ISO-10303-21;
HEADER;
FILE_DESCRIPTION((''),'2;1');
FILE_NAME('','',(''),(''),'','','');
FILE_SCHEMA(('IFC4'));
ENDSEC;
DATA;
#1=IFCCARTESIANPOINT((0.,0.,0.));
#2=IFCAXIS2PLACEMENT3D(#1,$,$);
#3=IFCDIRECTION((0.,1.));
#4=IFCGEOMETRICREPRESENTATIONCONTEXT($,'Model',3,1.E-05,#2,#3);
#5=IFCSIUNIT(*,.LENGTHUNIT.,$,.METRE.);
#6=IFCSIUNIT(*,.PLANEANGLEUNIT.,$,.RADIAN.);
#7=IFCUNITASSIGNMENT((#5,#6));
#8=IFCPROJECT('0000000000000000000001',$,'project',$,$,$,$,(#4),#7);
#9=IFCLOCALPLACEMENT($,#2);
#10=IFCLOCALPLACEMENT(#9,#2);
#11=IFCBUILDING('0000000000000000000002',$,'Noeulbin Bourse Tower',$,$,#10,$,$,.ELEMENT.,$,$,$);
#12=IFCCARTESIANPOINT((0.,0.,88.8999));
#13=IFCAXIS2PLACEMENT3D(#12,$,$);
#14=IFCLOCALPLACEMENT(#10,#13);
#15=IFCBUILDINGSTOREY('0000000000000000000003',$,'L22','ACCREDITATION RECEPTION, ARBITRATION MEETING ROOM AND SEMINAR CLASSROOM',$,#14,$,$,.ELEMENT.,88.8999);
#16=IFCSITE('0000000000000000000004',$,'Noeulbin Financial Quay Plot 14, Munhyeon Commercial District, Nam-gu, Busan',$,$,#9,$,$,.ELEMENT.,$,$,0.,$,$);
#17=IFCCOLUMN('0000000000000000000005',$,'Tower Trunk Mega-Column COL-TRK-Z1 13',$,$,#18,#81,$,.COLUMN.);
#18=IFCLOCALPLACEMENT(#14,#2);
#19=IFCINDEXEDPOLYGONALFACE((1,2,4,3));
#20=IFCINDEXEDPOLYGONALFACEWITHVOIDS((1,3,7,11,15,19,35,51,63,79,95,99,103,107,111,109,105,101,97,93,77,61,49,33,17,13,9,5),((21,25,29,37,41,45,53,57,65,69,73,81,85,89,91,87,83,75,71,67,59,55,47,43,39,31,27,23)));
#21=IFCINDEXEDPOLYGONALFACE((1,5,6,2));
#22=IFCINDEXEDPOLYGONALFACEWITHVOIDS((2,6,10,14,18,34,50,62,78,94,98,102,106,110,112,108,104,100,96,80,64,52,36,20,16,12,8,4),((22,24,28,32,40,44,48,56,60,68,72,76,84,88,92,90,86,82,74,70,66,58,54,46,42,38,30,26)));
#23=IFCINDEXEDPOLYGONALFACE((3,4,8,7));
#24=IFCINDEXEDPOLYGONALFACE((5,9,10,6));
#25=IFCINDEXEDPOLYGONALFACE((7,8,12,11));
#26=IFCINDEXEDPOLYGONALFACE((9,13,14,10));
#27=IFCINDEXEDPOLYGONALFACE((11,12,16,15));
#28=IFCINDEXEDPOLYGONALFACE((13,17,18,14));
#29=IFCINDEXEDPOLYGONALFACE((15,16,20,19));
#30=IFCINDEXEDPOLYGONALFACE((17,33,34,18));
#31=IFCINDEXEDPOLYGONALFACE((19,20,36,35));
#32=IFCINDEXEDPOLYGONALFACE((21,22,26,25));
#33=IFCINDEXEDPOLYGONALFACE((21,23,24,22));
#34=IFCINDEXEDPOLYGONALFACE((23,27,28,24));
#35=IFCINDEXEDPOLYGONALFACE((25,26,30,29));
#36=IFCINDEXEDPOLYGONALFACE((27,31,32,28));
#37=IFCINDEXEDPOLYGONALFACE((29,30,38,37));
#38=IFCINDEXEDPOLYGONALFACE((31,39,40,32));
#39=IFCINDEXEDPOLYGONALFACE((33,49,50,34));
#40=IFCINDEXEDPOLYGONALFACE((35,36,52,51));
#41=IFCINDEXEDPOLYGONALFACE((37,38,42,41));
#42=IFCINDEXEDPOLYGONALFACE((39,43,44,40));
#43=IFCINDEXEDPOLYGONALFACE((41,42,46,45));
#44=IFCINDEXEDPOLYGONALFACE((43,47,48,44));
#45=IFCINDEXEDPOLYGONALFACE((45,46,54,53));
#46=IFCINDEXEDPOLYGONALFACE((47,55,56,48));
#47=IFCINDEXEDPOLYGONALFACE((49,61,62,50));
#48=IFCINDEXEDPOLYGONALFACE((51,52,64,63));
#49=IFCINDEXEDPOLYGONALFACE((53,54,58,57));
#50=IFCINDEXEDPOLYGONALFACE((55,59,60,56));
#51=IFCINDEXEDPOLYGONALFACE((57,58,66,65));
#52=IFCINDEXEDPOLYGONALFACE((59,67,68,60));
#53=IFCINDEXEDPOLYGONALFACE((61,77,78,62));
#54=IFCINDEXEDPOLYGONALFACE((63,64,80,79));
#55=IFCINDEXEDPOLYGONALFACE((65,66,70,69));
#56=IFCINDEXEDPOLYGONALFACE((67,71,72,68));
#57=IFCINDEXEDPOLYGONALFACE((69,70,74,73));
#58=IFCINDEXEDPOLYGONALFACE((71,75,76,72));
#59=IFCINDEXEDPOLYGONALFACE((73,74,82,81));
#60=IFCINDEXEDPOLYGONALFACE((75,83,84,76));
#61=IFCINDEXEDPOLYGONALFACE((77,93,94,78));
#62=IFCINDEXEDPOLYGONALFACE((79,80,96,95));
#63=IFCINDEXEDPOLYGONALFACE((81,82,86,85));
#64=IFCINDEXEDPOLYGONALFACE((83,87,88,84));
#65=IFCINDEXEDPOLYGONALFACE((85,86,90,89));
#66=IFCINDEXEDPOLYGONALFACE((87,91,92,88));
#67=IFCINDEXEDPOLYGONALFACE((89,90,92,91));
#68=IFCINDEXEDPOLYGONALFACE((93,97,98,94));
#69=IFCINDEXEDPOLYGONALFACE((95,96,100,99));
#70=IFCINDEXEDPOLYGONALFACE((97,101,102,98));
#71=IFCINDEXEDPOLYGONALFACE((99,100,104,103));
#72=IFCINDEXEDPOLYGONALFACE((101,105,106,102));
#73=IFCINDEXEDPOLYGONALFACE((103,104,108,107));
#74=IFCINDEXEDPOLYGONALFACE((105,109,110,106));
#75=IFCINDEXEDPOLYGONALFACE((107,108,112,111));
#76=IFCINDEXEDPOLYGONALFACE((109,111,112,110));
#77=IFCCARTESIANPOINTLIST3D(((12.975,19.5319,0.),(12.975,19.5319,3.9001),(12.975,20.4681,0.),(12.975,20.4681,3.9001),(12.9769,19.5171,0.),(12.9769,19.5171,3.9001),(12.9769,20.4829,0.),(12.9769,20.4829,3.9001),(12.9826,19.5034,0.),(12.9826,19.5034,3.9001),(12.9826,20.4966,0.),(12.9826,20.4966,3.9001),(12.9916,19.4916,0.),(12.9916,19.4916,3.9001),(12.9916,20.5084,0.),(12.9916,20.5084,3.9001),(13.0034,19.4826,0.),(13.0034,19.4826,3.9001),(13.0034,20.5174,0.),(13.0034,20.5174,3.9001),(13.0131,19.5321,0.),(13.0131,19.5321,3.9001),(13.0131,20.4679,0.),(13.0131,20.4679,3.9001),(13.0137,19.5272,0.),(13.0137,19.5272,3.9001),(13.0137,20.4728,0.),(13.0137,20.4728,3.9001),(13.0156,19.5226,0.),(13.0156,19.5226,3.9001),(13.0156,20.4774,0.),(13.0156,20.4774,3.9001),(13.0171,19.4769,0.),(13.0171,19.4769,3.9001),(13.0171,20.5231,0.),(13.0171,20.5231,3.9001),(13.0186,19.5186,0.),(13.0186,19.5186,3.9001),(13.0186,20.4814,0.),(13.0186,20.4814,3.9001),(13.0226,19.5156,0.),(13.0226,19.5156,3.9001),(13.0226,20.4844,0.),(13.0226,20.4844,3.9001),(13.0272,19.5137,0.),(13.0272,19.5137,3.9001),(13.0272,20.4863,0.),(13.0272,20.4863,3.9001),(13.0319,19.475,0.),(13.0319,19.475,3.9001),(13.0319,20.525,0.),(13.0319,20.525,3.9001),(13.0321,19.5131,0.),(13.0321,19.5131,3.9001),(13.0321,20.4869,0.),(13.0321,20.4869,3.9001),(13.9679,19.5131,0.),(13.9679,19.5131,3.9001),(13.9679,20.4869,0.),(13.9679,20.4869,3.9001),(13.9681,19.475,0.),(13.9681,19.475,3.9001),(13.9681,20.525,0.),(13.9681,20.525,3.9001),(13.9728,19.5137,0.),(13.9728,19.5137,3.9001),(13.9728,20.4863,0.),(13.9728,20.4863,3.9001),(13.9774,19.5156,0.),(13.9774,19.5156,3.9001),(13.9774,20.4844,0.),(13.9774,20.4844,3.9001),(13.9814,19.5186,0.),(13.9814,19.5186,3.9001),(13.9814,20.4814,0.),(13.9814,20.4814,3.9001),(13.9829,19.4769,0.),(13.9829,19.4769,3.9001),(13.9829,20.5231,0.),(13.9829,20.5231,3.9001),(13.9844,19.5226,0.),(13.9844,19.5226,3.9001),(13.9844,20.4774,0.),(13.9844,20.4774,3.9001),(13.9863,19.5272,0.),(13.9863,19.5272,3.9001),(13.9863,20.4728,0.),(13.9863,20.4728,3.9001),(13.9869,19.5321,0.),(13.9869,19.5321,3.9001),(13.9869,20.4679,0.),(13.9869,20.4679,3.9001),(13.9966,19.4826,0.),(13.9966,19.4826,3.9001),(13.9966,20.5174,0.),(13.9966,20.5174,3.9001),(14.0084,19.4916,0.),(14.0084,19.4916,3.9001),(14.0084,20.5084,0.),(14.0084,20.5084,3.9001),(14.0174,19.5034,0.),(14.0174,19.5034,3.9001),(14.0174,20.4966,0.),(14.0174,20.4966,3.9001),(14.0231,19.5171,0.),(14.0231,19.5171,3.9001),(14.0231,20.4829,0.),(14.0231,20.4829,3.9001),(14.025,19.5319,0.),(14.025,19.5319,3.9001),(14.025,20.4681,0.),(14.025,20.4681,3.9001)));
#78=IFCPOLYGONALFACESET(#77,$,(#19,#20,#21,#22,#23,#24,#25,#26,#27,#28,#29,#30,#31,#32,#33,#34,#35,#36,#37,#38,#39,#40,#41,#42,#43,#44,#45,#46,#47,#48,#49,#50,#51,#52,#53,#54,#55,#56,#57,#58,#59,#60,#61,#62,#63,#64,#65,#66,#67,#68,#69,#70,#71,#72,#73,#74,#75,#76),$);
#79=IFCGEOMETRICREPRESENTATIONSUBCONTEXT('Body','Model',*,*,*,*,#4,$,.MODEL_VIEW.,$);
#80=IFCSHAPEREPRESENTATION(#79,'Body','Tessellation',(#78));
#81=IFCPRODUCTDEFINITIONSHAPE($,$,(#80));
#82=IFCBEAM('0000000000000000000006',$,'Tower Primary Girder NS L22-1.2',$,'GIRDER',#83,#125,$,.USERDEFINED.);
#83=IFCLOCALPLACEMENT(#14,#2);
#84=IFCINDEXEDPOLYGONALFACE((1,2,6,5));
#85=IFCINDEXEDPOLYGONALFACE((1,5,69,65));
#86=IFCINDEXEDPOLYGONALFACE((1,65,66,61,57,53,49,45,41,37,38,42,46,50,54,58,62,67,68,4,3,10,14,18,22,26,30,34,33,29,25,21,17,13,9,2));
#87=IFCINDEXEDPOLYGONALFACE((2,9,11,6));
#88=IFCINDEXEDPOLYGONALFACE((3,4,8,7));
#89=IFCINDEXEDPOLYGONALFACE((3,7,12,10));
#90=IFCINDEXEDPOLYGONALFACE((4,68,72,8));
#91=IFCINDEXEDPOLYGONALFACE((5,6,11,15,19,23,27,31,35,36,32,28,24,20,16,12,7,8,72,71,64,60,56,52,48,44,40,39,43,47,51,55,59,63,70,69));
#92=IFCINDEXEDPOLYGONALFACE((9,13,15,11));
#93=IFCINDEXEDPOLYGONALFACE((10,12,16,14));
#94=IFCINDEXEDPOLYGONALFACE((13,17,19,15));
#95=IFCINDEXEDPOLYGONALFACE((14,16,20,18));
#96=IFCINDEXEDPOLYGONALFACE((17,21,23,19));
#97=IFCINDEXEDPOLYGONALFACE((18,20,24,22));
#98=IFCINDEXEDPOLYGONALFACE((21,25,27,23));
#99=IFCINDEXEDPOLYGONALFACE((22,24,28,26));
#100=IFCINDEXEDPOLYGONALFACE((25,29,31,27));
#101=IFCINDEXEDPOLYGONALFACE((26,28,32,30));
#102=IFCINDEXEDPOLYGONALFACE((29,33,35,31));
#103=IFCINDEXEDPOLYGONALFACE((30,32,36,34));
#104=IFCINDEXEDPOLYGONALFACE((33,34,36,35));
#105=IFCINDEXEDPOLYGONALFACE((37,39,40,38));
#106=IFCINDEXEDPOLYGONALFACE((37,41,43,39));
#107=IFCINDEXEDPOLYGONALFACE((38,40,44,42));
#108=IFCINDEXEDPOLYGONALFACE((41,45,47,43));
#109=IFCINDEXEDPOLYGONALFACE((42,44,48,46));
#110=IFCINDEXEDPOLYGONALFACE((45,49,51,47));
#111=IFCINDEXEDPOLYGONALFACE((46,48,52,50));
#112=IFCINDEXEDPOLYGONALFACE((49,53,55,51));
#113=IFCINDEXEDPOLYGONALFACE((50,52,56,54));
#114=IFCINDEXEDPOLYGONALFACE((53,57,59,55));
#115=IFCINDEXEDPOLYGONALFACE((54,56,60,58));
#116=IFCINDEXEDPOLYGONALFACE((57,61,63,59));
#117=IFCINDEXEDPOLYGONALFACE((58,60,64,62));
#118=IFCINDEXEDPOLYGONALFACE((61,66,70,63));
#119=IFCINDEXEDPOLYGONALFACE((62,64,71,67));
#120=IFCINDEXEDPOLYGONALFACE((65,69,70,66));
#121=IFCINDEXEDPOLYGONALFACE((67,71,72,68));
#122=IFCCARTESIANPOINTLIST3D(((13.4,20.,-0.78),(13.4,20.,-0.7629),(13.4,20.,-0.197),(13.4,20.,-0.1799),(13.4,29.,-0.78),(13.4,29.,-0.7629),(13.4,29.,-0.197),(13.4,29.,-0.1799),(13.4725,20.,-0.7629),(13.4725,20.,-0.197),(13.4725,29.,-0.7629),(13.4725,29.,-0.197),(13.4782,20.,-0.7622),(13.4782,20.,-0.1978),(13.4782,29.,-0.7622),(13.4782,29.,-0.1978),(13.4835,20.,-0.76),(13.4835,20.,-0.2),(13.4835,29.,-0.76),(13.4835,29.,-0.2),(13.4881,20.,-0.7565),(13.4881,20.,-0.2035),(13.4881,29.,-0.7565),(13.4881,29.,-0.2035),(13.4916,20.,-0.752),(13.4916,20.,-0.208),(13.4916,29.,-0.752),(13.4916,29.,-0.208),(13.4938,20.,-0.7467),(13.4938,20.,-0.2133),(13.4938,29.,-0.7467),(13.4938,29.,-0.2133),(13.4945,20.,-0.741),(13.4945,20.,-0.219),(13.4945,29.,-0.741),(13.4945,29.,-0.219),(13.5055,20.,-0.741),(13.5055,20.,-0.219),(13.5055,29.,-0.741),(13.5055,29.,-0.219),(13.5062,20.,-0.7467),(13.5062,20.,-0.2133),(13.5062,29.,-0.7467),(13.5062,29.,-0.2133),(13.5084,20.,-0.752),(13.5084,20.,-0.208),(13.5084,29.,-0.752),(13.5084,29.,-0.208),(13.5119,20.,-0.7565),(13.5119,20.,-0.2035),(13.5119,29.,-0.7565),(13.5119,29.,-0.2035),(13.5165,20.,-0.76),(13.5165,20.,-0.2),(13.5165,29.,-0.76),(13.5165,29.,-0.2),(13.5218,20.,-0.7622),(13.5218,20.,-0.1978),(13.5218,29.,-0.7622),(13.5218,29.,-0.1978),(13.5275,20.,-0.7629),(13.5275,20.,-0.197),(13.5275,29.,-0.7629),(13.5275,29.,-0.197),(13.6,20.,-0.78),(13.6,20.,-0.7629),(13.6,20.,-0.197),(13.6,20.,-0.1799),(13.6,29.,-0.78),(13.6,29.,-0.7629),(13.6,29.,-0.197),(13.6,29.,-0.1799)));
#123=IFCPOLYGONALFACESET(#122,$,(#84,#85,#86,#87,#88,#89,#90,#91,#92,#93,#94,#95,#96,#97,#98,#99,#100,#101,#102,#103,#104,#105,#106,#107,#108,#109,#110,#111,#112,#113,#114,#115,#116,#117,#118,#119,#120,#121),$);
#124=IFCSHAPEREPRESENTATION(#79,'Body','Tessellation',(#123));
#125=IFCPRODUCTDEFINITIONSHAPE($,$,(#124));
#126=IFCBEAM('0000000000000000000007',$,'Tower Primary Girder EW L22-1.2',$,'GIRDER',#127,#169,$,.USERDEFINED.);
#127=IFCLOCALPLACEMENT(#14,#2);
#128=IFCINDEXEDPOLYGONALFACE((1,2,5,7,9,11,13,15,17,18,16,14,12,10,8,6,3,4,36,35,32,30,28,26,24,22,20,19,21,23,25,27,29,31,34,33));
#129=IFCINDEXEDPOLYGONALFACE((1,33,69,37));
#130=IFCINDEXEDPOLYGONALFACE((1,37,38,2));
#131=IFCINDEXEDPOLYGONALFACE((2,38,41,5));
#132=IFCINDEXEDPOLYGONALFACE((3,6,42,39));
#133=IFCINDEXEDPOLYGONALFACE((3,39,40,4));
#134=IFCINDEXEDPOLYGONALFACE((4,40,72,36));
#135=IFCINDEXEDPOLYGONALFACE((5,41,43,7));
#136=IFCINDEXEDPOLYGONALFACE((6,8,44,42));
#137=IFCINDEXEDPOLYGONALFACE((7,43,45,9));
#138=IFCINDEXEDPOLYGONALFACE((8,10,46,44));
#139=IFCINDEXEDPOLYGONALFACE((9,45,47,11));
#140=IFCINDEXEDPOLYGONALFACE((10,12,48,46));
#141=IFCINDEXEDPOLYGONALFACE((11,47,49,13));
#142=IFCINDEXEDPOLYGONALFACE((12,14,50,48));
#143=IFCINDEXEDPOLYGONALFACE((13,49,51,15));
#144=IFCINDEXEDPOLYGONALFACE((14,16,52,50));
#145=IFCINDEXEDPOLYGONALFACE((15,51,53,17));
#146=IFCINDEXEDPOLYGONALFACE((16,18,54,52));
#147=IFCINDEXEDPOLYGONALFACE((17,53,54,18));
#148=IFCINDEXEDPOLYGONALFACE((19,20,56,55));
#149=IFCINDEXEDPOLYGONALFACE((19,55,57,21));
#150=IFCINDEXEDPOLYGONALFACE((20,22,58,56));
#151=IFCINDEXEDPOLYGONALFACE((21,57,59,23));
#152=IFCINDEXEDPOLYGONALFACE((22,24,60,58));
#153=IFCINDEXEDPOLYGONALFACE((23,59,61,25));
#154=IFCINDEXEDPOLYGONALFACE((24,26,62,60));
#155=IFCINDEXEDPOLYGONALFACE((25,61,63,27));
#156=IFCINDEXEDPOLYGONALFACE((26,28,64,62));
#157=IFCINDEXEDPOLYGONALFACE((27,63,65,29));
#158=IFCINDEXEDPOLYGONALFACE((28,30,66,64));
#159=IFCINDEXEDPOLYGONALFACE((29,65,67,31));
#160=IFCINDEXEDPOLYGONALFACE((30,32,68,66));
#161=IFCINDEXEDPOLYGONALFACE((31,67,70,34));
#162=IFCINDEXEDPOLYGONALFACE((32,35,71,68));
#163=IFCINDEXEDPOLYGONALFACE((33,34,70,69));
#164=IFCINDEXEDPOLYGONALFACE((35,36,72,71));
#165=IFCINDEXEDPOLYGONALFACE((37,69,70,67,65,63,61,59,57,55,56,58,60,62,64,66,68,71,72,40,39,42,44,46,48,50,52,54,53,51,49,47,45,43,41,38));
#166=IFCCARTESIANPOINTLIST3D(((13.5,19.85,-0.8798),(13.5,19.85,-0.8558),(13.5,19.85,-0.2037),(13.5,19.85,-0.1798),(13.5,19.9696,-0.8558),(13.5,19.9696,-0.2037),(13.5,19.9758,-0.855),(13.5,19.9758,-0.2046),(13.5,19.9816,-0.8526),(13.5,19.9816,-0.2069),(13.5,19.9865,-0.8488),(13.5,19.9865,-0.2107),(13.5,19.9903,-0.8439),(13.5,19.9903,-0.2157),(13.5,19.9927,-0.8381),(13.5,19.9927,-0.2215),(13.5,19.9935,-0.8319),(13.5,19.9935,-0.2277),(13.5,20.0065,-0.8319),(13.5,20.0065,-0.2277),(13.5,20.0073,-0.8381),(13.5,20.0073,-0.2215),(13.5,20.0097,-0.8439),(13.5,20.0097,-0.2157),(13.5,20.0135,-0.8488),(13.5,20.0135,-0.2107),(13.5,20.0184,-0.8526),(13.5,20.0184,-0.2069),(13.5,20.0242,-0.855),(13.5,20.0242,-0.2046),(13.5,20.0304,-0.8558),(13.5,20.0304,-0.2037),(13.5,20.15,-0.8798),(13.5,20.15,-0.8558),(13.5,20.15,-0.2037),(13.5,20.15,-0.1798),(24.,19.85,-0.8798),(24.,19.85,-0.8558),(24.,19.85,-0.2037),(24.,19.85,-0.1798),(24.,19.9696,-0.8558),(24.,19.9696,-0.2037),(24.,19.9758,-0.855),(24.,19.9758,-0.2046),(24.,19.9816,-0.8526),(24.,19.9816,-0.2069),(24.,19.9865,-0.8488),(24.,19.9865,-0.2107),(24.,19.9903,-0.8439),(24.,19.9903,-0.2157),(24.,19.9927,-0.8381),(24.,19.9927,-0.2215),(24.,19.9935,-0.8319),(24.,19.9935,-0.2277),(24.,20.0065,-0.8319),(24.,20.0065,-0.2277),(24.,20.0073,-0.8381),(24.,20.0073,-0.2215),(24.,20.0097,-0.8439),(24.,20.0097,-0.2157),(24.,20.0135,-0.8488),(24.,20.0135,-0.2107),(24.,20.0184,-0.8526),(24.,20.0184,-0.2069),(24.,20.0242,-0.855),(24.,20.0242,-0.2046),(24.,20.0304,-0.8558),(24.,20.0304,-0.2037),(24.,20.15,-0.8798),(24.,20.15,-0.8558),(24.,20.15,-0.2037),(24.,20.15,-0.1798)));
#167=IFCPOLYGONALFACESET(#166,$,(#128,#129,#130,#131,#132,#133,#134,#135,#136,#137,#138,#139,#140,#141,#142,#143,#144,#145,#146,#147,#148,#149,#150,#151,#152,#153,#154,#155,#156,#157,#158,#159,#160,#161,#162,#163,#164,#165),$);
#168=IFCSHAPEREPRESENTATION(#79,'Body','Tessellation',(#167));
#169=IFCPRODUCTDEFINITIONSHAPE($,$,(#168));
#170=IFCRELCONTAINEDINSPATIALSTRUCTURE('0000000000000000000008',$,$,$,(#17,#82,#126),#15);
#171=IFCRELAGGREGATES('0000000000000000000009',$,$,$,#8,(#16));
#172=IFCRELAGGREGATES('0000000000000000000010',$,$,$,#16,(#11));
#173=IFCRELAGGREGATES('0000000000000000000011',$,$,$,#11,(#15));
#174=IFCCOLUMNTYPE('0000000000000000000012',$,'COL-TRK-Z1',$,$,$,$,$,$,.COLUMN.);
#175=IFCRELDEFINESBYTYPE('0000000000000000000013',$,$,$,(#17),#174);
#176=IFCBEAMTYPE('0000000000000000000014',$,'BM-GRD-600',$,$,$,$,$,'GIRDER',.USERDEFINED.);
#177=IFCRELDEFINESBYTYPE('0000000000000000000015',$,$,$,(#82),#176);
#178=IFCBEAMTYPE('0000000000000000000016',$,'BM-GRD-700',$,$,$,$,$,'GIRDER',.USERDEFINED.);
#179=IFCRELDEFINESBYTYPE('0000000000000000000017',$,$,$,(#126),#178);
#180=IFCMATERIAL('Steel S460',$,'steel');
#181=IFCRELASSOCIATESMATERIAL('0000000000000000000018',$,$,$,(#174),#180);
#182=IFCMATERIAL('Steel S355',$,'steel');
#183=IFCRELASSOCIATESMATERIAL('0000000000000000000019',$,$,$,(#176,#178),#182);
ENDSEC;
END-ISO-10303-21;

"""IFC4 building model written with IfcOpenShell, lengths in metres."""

from ifc_helpers import new_model, si_unit, direction, frame, origin, origin_2d, place, context, subcontext, project, spatial, hollow_rectangle, i_section, extrude, material, material_profile, profile_set, type_object, element, save


model = new_model("IFC4")

# Units and contexts
model_context = context("Model", 3, precision=1e-05, world=origin(), true_north=direction((0.0, 1.0)))
body_context = subcontext(model_context, "Body", "Model", "MODEL_VIEW")
ifc_project = project(units=[si_unit("LENGTHUNIT", "METRE"), si_unit("PLANEANGLEUNIT", "RADIAN")], contexts=[model_context])

# Site, building, storey
site_placement = place(None, origin())
site = spatial("IfcSite", under=ifc_project, at=site_placement, Name="Noeulbin Financial Quay Plot 14, Munhyeon Commercial District, Nam-gu, Busan", CompositionType="ELEMENT", RefElevation=0.0)
building_placement = place(site_placement, origin())
building = spatial("IfcBuilding", under=site, at=building_placement, Name="Noeulbin Bourse Tower", CompositionType="ELEMENT")
storey_placement = place(building_placement, frame((0.0, 0.0, 88.8999)))
storey = spatial("IfcBuildingStorey", under=building, at=storey_placement, Name="L22", Description="ACCREDITATION RECEPTION, ARBITRATION MEETING ROOM AND SEMINAR CLASSROOM", CompositionType="ELEMENT", Elevation=88.8999)

# Column
ifc_material_1 = material(Name="Steel S460", Category="steel")
ifc_material_profile_1 = material_profile(ifc_material_1, hollow_rectangle(XDim=1.05, YDim=1.05, WallThickness=0.0381, InnerFilletRadius=0.019, OuterFilletRadius=0.0569, at=origin_2d()), Name="BOX-1050x1050x38", Category="LoadBearing")
ifc_profile_set_1 = profile_set([ifc_material_profile_1], Name="Steel S460")
column_type = type_object("IfcColumnType", Name="COL-TRK-Z1", PredefinedType="COLUMN", material=ifc_profile_set_1)
column_placement = place(storey_placement, frame((13.5, 20.0, 0.0), z_axis=(0.0, 0.0, 1.0), x_axis=(1.0, 0.0, 0.0)))
element("IfcColumn", 1, at=column_placement, inside=storey, type_object=column_type, Name="Tower Trunk Mega-Column COL-TRK-Z1 13", PredefinedType="COLUMN", context=body_context, shape_type="SweptSolid", body=[
    extrude(hollow_rectangle(XDim=1.05, YDim=1.05, WallThickness=0.0381, InnerFilletRadius=0.019, OuterFilletRadius=0.0569, at=origin_2d()), origin(), (0.0, 0.0, 1.0), 3.9001),
])

# Beams
ifc_material_2 = material(Name="Steel S355", Category="steel")
ifc_material_profile_2 = material_profile(ifc_material_2, i_section(OverallWidth=0.2, OverallDepth=0.6001, WebThickness=0.011, FlangeThickness=0.0171, FilletRadius=0.022, at=origin_2d()), Name="H-600x200x11x17", Category="LoadBearing")
ifc_profile_set_2 = profile_set([ifc_material_profile_2], Name="Steel S355")
beam_type_1 = type_object("IfcBeamType", Name="BM-GRD-600", ElementType="GIRDER", PredefinedType="USERDEFINED", material=ifc_profile_set_2)
beam_1_placement = place(storey_placement, frame((13.5, 20.0, -0.48), z_axis=(0.0, 1.0, 0.0), x_axis=(-1.0, 0.0, 0.0)))
element("IfcBeam", 2, at=beam_1_placement, inside=storey, type_object=beam_type_1, Name="Tower Primary Girder NS L22-1.2", ObjectType="GIRDER", PredefinedType="USERDEFINED", context=body_context, shape_type="SweptSolid", body=[
    extrude(i_section(OverallWidth=0.2, OverallDepth=0.6001, WebThickness=0.011, FlangeThickness=0.0171, FilletRadius=0.022, at=origin_2d()), origin(), (0.0, 0.0, 1.0), 9.0),
])
ifc_material_profile_3 = material_profile(ifc_material_2, i_section(OverallWidth=0.3, OverallDepth=0.7, WebThickness=0.0129, FlangeThickness=0.0239, FilletRadius=0.0239, at=origin_2d()), Name="H-700x300x13x24", Category="LoadBearing")
ifc_profile_set_3 = profile_set([ifc_material_profile_3], Name="Steel S355")
beam_type_2 = type_object("IfcBeamType", Name="BM-GRD-700", ElementType="GIRDER", PredefinedType="USERDEFINED", material=ifc_profile_set_3)
beam_2_placement = place(storey_placement, frame((13.5, 20.0, -0.5298), z_axis=(1.0, 0.0, 0.0), x_axis=(0.0, 1.0, 0.0)))
element("IfcBeam", 3, at=beam_2_placement, inside=storey, type_object=beam_type_2, Name="Tower Primary Girder EW L22-1.2", ObjectType="GIRDER", PredefinedType="USERDEFINED", context=body_context, shape_type="SweptSolid", body=[
    extrude(i_section(OverallWidth=0.3, OverallDepth=0.7, WebThickness=0.0129, FlangeThickness=0.0239, FilletRadius=0.0239, at=origin_2d()), origin(), (0.0, 0.0, 1.0), 10.5),
])

save(model, "model.ifc")
